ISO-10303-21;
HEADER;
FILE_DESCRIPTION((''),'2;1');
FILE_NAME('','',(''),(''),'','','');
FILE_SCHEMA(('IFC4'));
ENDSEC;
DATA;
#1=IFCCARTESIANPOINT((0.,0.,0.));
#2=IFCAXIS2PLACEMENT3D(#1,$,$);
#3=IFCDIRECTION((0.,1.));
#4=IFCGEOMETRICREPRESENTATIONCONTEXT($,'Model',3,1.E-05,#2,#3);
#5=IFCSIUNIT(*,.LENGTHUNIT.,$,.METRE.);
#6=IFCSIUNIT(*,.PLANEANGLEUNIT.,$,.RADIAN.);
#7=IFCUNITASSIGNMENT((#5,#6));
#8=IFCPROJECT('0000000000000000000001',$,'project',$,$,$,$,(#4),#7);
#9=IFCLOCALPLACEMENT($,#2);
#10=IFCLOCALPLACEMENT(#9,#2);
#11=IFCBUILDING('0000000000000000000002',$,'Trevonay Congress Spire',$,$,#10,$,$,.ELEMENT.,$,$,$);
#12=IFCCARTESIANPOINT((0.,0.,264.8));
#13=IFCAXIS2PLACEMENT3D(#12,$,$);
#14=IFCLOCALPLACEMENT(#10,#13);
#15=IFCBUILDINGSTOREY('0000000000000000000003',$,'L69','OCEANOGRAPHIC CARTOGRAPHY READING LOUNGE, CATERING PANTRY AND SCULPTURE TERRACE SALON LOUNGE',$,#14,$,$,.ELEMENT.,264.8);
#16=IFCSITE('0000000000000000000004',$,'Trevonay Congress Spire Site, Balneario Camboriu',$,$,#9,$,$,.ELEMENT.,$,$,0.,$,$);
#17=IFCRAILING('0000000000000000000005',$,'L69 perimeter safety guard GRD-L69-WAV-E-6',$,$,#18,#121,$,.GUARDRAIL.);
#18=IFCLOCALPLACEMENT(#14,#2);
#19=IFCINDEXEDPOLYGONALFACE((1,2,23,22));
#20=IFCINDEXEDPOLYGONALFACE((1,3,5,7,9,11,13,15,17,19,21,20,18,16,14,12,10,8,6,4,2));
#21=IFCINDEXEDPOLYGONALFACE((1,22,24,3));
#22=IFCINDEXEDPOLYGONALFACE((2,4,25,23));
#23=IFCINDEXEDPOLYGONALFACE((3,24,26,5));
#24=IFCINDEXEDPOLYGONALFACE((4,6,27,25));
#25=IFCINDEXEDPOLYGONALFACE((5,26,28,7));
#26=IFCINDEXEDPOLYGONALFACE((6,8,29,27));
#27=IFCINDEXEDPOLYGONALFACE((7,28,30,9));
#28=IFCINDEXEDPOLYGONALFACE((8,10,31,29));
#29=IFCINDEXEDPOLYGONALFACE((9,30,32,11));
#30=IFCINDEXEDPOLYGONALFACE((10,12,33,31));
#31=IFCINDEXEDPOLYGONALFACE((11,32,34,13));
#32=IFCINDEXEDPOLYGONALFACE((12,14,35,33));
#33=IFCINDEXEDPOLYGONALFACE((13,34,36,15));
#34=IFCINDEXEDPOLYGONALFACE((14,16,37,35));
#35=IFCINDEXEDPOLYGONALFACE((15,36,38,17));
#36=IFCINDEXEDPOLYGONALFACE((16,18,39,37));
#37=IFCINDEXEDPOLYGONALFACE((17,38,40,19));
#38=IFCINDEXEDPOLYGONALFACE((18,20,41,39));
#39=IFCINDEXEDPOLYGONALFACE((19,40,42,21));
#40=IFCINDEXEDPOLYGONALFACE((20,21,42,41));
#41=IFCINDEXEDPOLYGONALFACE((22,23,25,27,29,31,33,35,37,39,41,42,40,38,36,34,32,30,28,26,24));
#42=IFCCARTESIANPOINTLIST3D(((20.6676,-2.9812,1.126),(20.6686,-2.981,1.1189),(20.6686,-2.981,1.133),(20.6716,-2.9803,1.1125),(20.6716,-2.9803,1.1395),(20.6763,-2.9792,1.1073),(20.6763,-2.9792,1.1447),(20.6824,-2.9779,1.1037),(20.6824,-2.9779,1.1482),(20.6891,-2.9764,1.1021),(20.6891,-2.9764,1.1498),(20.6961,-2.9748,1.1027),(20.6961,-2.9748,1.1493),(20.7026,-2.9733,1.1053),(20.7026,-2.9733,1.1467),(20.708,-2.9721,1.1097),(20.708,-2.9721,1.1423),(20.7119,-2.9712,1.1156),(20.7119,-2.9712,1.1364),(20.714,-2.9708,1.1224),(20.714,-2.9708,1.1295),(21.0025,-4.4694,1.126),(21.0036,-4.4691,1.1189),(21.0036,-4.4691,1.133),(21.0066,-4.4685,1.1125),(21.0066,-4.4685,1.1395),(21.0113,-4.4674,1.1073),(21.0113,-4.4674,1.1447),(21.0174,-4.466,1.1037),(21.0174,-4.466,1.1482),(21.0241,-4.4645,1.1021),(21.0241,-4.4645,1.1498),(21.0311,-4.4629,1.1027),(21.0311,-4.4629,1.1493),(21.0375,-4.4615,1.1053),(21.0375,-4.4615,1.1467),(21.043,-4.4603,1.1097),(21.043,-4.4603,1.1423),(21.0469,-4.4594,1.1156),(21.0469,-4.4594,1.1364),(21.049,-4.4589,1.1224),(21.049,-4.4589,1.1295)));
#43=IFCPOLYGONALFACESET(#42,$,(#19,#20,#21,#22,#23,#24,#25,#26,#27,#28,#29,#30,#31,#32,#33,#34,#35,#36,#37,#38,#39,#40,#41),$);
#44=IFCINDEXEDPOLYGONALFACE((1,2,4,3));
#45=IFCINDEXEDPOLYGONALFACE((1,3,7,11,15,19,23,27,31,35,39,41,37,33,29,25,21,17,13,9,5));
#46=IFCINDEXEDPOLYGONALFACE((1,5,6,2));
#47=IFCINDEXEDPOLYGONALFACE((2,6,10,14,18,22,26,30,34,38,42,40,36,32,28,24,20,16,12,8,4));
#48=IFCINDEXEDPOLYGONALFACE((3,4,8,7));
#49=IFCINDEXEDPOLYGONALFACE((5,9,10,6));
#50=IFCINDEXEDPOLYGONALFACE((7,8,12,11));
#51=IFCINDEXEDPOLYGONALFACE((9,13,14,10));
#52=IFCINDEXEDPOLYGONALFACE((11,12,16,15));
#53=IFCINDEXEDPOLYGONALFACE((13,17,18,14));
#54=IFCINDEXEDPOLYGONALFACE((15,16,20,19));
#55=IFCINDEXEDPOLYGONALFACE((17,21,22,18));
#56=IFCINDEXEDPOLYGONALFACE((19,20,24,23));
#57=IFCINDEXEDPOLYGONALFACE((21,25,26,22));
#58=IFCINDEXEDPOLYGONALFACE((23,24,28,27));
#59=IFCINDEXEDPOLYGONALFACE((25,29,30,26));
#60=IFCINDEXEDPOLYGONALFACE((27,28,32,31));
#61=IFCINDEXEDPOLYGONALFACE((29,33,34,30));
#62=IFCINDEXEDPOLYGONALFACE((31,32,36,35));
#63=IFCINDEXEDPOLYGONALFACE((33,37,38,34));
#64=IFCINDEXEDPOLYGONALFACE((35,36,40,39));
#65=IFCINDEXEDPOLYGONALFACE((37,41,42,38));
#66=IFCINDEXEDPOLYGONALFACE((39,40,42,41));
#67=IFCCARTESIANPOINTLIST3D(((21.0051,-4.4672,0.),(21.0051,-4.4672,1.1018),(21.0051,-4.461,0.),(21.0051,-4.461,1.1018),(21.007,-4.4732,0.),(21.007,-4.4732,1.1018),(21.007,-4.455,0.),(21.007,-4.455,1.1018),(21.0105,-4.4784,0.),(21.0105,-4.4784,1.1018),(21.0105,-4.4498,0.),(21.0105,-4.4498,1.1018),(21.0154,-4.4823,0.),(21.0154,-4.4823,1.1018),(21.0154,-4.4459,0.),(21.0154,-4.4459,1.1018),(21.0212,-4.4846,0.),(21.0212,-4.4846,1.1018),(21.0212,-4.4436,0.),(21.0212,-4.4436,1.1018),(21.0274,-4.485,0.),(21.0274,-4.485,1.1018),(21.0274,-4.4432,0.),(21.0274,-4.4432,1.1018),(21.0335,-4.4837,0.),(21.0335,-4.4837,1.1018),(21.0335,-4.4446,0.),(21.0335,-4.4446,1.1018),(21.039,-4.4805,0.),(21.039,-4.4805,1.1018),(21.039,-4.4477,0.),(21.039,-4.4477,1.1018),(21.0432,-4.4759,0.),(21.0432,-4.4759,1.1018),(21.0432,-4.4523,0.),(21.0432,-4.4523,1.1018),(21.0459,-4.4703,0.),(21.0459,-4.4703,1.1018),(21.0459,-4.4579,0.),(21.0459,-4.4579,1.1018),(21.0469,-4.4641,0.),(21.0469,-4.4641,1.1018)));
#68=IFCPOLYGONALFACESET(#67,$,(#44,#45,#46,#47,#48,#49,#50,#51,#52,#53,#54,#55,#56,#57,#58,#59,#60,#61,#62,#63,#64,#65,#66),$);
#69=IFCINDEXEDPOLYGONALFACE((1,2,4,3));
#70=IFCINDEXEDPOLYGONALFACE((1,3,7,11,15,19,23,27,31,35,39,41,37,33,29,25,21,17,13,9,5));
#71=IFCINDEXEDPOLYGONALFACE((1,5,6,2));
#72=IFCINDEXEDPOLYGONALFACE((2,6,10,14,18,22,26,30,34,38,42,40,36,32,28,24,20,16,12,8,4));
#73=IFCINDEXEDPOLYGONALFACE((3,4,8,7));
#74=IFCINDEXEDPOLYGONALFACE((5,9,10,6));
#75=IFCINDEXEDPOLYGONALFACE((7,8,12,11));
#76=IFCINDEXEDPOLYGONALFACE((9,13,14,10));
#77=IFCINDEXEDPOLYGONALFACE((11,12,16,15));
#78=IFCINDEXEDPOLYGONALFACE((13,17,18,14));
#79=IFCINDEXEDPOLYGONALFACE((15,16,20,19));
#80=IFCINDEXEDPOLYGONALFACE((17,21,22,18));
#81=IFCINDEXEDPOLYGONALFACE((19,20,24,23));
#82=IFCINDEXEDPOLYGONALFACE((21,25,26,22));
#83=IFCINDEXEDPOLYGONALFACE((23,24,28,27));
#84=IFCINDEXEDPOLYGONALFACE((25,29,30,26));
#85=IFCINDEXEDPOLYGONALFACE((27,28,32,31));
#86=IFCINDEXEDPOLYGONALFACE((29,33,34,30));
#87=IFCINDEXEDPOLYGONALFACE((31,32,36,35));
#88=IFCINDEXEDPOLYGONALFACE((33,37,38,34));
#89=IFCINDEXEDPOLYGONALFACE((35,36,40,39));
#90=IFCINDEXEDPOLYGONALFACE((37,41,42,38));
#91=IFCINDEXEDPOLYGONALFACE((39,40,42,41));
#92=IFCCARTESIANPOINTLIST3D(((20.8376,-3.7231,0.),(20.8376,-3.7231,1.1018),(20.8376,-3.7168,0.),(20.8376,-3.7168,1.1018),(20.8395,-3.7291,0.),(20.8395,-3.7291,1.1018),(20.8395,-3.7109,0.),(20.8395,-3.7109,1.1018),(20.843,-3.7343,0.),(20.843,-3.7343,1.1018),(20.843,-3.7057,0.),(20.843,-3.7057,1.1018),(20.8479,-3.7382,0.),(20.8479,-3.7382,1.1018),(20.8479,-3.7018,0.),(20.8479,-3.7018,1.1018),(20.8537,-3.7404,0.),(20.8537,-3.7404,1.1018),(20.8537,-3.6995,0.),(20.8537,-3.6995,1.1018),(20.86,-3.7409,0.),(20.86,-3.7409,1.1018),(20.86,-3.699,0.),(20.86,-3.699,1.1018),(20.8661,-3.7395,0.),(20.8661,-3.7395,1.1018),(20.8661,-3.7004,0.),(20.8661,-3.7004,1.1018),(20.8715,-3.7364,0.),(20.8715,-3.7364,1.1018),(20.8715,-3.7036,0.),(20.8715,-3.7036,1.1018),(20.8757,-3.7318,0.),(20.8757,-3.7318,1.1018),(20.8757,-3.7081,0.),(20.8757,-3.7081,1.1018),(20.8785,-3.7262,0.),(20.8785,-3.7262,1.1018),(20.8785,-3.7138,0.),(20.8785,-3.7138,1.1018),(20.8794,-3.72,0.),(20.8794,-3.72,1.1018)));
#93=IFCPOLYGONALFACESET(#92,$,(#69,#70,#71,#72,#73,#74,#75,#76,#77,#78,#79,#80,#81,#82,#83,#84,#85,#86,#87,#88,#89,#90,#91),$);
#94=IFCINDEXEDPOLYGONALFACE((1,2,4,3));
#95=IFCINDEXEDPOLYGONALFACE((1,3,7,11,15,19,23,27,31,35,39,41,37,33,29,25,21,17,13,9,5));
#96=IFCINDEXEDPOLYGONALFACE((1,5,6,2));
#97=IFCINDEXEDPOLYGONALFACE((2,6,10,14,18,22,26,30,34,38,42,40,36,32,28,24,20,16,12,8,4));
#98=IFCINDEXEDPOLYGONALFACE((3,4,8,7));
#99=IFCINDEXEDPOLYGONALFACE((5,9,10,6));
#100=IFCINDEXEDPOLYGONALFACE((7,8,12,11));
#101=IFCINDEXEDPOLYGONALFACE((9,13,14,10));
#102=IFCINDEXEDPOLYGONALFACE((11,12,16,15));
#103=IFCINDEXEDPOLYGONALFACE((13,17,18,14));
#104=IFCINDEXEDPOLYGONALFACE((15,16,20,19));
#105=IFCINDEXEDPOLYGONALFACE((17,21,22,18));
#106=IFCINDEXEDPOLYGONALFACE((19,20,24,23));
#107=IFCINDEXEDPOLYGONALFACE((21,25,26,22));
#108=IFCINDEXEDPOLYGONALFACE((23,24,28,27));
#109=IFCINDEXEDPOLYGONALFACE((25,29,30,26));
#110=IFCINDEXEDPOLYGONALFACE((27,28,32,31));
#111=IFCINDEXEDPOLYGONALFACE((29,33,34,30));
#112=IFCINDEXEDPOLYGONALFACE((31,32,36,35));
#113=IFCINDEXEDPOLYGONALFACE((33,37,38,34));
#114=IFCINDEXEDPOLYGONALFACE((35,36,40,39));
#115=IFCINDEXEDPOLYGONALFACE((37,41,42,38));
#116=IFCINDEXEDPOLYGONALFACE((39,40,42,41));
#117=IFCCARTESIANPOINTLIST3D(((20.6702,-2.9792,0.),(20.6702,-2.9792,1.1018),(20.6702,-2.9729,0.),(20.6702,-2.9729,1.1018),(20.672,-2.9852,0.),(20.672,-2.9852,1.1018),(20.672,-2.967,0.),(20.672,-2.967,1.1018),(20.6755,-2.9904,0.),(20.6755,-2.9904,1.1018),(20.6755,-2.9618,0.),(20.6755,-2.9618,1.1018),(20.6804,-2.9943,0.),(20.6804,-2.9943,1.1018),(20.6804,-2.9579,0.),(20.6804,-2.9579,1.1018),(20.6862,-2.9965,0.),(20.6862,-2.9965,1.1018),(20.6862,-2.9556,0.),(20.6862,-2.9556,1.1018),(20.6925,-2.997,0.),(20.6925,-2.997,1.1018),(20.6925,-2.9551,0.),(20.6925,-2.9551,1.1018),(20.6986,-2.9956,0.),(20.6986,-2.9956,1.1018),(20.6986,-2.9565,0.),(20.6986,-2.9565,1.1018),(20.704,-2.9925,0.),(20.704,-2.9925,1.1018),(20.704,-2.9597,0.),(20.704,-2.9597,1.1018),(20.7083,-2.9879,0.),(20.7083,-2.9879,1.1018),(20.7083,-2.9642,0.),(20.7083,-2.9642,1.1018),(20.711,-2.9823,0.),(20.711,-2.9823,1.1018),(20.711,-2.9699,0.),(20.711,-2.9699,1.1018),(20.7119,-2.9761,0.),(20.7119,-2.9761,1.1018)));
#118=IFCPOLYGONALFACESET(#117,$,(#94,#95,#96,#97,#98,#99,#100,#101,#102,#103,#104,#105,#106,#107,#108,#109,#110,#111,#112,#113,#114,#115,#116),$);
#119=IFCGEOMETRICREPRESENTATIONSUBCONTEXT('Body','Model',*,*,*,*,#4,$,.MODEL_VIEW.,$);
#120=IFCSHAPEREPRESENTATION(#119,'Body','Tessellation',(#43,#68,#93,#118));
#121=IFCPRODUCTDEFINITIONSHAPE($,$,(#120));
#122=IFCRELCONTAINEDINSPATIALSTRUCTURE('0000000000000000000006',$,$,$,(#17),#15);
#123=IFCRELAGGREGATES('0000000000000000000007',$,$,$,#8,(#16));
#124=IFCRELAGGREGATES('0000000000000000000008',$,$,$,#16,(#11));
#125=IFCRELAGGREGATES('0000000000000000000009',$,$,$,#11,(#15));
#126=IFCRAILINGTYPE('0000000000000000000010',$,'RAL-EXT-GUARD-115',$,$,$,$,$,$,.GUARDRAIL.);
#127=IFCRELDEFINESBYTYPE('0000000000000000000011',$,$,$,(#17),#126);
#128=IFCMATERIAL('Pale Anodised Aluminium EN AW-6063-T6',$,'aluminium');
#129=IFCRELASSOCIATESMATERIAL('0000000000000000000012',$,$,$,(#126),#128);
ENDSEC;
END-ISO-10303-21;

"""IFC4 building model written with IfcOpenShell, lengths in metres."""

from ifc_helpers import new_model, si_unit, direction, frame, origin, origin_2d, place, context, subcontext, project, spatial, circle, extrude, material, type_object, element, save


model = new_model("IFC4")

# Units and contexts
model_context = context("Model", 3, precision=1e-05, world=origin(), true_north=direction((0.0, 1.0)))
body_context = subcontext(model_context, "Body", "Model", "MODEL_VIEW")
ifc_project = project(units=[si_unit("LENGTHUNIT", "METRE"), si_unit("PLANEANGLEUNIT", "RADIAN")], contexts=[model_context])

# Site, building, storey
site_placement = place(None, origin())
site = spatial("IfcSite", under=ifc_project, at=site_placement, Name="Trevonay Congress Spire Site, Balneario Camboriu", CompositionType="ELEMENT", RefElevation=0.0)
building_placement = place(site_placement, origin())
building = spatial("IfcBuilding", under=site, at=building_placement, Name="Trevonay Congress Spire", CompositionType="ELEMENT")
storey_placement = place(building_placement, frame((0.0, 0.0, 264.8)))
storey = spatial("IfcBuildingStorey", under=building, at=storey_placement, Name="L69", Description="OCEANOGRAPHIC CARTOGRAPHY READING LOUNGE, CATERING PANTRY AND SCULPTURE TERRACE SALON LOUNGE", CompositionType="ELEMENT", Elevation=264.8)

# Shared definitions
ifc_material_1 = material(Name="Pale Anodised Aluminium EN AW-6063-T6", Category="aluminium")

# Railing
railing_type_1 = type_object("IfcRailingType", Name="RAL-EXT-GUARD-115", PredefinedType="GUARDRAIL", material=ifc_material_1)
railing_1_placement = place(storey_placement, frame((21.0259, -4.4641, 0.0)))
element("IfcRailing", 1, at=railing_1_placement, inside=storey, type_object=railing_type_1, Name="L69 perimeter safety guard GRD-L69-WAV-E-6", PredefinedType="GUARDRAIL", context=body_context, shape_type="SweptSolid", body=[
    extrude(circle(Radius=0.0239, at=origin_2d()), frame((0.0, 0.0, 1.126), z_axis=(-0.219607, 0.975588, 0.0), x_axis=(-0.975588, -0.219607, 0.0)), (0.0, 0.0, 1.0), 1.5254),
    extrude(circle(Radius=0.021, at=origin_2d()), origin(), (0.0, 0.0, 1.0), 1.1018),
    extrude(circle(Radius=0.021, at=origin_2d()), frame((-0.1675, 0.7441, 0.0)), (0.0, 0.0, 1.0), 1.1018),
    extrude(circle(Radius=0.021, at=origin_2d()), frame((-0.335, 1.488, 0.0)), (0.0, 0.0, 1.0), 1.1018),
])

save(model, "model.ifc")
